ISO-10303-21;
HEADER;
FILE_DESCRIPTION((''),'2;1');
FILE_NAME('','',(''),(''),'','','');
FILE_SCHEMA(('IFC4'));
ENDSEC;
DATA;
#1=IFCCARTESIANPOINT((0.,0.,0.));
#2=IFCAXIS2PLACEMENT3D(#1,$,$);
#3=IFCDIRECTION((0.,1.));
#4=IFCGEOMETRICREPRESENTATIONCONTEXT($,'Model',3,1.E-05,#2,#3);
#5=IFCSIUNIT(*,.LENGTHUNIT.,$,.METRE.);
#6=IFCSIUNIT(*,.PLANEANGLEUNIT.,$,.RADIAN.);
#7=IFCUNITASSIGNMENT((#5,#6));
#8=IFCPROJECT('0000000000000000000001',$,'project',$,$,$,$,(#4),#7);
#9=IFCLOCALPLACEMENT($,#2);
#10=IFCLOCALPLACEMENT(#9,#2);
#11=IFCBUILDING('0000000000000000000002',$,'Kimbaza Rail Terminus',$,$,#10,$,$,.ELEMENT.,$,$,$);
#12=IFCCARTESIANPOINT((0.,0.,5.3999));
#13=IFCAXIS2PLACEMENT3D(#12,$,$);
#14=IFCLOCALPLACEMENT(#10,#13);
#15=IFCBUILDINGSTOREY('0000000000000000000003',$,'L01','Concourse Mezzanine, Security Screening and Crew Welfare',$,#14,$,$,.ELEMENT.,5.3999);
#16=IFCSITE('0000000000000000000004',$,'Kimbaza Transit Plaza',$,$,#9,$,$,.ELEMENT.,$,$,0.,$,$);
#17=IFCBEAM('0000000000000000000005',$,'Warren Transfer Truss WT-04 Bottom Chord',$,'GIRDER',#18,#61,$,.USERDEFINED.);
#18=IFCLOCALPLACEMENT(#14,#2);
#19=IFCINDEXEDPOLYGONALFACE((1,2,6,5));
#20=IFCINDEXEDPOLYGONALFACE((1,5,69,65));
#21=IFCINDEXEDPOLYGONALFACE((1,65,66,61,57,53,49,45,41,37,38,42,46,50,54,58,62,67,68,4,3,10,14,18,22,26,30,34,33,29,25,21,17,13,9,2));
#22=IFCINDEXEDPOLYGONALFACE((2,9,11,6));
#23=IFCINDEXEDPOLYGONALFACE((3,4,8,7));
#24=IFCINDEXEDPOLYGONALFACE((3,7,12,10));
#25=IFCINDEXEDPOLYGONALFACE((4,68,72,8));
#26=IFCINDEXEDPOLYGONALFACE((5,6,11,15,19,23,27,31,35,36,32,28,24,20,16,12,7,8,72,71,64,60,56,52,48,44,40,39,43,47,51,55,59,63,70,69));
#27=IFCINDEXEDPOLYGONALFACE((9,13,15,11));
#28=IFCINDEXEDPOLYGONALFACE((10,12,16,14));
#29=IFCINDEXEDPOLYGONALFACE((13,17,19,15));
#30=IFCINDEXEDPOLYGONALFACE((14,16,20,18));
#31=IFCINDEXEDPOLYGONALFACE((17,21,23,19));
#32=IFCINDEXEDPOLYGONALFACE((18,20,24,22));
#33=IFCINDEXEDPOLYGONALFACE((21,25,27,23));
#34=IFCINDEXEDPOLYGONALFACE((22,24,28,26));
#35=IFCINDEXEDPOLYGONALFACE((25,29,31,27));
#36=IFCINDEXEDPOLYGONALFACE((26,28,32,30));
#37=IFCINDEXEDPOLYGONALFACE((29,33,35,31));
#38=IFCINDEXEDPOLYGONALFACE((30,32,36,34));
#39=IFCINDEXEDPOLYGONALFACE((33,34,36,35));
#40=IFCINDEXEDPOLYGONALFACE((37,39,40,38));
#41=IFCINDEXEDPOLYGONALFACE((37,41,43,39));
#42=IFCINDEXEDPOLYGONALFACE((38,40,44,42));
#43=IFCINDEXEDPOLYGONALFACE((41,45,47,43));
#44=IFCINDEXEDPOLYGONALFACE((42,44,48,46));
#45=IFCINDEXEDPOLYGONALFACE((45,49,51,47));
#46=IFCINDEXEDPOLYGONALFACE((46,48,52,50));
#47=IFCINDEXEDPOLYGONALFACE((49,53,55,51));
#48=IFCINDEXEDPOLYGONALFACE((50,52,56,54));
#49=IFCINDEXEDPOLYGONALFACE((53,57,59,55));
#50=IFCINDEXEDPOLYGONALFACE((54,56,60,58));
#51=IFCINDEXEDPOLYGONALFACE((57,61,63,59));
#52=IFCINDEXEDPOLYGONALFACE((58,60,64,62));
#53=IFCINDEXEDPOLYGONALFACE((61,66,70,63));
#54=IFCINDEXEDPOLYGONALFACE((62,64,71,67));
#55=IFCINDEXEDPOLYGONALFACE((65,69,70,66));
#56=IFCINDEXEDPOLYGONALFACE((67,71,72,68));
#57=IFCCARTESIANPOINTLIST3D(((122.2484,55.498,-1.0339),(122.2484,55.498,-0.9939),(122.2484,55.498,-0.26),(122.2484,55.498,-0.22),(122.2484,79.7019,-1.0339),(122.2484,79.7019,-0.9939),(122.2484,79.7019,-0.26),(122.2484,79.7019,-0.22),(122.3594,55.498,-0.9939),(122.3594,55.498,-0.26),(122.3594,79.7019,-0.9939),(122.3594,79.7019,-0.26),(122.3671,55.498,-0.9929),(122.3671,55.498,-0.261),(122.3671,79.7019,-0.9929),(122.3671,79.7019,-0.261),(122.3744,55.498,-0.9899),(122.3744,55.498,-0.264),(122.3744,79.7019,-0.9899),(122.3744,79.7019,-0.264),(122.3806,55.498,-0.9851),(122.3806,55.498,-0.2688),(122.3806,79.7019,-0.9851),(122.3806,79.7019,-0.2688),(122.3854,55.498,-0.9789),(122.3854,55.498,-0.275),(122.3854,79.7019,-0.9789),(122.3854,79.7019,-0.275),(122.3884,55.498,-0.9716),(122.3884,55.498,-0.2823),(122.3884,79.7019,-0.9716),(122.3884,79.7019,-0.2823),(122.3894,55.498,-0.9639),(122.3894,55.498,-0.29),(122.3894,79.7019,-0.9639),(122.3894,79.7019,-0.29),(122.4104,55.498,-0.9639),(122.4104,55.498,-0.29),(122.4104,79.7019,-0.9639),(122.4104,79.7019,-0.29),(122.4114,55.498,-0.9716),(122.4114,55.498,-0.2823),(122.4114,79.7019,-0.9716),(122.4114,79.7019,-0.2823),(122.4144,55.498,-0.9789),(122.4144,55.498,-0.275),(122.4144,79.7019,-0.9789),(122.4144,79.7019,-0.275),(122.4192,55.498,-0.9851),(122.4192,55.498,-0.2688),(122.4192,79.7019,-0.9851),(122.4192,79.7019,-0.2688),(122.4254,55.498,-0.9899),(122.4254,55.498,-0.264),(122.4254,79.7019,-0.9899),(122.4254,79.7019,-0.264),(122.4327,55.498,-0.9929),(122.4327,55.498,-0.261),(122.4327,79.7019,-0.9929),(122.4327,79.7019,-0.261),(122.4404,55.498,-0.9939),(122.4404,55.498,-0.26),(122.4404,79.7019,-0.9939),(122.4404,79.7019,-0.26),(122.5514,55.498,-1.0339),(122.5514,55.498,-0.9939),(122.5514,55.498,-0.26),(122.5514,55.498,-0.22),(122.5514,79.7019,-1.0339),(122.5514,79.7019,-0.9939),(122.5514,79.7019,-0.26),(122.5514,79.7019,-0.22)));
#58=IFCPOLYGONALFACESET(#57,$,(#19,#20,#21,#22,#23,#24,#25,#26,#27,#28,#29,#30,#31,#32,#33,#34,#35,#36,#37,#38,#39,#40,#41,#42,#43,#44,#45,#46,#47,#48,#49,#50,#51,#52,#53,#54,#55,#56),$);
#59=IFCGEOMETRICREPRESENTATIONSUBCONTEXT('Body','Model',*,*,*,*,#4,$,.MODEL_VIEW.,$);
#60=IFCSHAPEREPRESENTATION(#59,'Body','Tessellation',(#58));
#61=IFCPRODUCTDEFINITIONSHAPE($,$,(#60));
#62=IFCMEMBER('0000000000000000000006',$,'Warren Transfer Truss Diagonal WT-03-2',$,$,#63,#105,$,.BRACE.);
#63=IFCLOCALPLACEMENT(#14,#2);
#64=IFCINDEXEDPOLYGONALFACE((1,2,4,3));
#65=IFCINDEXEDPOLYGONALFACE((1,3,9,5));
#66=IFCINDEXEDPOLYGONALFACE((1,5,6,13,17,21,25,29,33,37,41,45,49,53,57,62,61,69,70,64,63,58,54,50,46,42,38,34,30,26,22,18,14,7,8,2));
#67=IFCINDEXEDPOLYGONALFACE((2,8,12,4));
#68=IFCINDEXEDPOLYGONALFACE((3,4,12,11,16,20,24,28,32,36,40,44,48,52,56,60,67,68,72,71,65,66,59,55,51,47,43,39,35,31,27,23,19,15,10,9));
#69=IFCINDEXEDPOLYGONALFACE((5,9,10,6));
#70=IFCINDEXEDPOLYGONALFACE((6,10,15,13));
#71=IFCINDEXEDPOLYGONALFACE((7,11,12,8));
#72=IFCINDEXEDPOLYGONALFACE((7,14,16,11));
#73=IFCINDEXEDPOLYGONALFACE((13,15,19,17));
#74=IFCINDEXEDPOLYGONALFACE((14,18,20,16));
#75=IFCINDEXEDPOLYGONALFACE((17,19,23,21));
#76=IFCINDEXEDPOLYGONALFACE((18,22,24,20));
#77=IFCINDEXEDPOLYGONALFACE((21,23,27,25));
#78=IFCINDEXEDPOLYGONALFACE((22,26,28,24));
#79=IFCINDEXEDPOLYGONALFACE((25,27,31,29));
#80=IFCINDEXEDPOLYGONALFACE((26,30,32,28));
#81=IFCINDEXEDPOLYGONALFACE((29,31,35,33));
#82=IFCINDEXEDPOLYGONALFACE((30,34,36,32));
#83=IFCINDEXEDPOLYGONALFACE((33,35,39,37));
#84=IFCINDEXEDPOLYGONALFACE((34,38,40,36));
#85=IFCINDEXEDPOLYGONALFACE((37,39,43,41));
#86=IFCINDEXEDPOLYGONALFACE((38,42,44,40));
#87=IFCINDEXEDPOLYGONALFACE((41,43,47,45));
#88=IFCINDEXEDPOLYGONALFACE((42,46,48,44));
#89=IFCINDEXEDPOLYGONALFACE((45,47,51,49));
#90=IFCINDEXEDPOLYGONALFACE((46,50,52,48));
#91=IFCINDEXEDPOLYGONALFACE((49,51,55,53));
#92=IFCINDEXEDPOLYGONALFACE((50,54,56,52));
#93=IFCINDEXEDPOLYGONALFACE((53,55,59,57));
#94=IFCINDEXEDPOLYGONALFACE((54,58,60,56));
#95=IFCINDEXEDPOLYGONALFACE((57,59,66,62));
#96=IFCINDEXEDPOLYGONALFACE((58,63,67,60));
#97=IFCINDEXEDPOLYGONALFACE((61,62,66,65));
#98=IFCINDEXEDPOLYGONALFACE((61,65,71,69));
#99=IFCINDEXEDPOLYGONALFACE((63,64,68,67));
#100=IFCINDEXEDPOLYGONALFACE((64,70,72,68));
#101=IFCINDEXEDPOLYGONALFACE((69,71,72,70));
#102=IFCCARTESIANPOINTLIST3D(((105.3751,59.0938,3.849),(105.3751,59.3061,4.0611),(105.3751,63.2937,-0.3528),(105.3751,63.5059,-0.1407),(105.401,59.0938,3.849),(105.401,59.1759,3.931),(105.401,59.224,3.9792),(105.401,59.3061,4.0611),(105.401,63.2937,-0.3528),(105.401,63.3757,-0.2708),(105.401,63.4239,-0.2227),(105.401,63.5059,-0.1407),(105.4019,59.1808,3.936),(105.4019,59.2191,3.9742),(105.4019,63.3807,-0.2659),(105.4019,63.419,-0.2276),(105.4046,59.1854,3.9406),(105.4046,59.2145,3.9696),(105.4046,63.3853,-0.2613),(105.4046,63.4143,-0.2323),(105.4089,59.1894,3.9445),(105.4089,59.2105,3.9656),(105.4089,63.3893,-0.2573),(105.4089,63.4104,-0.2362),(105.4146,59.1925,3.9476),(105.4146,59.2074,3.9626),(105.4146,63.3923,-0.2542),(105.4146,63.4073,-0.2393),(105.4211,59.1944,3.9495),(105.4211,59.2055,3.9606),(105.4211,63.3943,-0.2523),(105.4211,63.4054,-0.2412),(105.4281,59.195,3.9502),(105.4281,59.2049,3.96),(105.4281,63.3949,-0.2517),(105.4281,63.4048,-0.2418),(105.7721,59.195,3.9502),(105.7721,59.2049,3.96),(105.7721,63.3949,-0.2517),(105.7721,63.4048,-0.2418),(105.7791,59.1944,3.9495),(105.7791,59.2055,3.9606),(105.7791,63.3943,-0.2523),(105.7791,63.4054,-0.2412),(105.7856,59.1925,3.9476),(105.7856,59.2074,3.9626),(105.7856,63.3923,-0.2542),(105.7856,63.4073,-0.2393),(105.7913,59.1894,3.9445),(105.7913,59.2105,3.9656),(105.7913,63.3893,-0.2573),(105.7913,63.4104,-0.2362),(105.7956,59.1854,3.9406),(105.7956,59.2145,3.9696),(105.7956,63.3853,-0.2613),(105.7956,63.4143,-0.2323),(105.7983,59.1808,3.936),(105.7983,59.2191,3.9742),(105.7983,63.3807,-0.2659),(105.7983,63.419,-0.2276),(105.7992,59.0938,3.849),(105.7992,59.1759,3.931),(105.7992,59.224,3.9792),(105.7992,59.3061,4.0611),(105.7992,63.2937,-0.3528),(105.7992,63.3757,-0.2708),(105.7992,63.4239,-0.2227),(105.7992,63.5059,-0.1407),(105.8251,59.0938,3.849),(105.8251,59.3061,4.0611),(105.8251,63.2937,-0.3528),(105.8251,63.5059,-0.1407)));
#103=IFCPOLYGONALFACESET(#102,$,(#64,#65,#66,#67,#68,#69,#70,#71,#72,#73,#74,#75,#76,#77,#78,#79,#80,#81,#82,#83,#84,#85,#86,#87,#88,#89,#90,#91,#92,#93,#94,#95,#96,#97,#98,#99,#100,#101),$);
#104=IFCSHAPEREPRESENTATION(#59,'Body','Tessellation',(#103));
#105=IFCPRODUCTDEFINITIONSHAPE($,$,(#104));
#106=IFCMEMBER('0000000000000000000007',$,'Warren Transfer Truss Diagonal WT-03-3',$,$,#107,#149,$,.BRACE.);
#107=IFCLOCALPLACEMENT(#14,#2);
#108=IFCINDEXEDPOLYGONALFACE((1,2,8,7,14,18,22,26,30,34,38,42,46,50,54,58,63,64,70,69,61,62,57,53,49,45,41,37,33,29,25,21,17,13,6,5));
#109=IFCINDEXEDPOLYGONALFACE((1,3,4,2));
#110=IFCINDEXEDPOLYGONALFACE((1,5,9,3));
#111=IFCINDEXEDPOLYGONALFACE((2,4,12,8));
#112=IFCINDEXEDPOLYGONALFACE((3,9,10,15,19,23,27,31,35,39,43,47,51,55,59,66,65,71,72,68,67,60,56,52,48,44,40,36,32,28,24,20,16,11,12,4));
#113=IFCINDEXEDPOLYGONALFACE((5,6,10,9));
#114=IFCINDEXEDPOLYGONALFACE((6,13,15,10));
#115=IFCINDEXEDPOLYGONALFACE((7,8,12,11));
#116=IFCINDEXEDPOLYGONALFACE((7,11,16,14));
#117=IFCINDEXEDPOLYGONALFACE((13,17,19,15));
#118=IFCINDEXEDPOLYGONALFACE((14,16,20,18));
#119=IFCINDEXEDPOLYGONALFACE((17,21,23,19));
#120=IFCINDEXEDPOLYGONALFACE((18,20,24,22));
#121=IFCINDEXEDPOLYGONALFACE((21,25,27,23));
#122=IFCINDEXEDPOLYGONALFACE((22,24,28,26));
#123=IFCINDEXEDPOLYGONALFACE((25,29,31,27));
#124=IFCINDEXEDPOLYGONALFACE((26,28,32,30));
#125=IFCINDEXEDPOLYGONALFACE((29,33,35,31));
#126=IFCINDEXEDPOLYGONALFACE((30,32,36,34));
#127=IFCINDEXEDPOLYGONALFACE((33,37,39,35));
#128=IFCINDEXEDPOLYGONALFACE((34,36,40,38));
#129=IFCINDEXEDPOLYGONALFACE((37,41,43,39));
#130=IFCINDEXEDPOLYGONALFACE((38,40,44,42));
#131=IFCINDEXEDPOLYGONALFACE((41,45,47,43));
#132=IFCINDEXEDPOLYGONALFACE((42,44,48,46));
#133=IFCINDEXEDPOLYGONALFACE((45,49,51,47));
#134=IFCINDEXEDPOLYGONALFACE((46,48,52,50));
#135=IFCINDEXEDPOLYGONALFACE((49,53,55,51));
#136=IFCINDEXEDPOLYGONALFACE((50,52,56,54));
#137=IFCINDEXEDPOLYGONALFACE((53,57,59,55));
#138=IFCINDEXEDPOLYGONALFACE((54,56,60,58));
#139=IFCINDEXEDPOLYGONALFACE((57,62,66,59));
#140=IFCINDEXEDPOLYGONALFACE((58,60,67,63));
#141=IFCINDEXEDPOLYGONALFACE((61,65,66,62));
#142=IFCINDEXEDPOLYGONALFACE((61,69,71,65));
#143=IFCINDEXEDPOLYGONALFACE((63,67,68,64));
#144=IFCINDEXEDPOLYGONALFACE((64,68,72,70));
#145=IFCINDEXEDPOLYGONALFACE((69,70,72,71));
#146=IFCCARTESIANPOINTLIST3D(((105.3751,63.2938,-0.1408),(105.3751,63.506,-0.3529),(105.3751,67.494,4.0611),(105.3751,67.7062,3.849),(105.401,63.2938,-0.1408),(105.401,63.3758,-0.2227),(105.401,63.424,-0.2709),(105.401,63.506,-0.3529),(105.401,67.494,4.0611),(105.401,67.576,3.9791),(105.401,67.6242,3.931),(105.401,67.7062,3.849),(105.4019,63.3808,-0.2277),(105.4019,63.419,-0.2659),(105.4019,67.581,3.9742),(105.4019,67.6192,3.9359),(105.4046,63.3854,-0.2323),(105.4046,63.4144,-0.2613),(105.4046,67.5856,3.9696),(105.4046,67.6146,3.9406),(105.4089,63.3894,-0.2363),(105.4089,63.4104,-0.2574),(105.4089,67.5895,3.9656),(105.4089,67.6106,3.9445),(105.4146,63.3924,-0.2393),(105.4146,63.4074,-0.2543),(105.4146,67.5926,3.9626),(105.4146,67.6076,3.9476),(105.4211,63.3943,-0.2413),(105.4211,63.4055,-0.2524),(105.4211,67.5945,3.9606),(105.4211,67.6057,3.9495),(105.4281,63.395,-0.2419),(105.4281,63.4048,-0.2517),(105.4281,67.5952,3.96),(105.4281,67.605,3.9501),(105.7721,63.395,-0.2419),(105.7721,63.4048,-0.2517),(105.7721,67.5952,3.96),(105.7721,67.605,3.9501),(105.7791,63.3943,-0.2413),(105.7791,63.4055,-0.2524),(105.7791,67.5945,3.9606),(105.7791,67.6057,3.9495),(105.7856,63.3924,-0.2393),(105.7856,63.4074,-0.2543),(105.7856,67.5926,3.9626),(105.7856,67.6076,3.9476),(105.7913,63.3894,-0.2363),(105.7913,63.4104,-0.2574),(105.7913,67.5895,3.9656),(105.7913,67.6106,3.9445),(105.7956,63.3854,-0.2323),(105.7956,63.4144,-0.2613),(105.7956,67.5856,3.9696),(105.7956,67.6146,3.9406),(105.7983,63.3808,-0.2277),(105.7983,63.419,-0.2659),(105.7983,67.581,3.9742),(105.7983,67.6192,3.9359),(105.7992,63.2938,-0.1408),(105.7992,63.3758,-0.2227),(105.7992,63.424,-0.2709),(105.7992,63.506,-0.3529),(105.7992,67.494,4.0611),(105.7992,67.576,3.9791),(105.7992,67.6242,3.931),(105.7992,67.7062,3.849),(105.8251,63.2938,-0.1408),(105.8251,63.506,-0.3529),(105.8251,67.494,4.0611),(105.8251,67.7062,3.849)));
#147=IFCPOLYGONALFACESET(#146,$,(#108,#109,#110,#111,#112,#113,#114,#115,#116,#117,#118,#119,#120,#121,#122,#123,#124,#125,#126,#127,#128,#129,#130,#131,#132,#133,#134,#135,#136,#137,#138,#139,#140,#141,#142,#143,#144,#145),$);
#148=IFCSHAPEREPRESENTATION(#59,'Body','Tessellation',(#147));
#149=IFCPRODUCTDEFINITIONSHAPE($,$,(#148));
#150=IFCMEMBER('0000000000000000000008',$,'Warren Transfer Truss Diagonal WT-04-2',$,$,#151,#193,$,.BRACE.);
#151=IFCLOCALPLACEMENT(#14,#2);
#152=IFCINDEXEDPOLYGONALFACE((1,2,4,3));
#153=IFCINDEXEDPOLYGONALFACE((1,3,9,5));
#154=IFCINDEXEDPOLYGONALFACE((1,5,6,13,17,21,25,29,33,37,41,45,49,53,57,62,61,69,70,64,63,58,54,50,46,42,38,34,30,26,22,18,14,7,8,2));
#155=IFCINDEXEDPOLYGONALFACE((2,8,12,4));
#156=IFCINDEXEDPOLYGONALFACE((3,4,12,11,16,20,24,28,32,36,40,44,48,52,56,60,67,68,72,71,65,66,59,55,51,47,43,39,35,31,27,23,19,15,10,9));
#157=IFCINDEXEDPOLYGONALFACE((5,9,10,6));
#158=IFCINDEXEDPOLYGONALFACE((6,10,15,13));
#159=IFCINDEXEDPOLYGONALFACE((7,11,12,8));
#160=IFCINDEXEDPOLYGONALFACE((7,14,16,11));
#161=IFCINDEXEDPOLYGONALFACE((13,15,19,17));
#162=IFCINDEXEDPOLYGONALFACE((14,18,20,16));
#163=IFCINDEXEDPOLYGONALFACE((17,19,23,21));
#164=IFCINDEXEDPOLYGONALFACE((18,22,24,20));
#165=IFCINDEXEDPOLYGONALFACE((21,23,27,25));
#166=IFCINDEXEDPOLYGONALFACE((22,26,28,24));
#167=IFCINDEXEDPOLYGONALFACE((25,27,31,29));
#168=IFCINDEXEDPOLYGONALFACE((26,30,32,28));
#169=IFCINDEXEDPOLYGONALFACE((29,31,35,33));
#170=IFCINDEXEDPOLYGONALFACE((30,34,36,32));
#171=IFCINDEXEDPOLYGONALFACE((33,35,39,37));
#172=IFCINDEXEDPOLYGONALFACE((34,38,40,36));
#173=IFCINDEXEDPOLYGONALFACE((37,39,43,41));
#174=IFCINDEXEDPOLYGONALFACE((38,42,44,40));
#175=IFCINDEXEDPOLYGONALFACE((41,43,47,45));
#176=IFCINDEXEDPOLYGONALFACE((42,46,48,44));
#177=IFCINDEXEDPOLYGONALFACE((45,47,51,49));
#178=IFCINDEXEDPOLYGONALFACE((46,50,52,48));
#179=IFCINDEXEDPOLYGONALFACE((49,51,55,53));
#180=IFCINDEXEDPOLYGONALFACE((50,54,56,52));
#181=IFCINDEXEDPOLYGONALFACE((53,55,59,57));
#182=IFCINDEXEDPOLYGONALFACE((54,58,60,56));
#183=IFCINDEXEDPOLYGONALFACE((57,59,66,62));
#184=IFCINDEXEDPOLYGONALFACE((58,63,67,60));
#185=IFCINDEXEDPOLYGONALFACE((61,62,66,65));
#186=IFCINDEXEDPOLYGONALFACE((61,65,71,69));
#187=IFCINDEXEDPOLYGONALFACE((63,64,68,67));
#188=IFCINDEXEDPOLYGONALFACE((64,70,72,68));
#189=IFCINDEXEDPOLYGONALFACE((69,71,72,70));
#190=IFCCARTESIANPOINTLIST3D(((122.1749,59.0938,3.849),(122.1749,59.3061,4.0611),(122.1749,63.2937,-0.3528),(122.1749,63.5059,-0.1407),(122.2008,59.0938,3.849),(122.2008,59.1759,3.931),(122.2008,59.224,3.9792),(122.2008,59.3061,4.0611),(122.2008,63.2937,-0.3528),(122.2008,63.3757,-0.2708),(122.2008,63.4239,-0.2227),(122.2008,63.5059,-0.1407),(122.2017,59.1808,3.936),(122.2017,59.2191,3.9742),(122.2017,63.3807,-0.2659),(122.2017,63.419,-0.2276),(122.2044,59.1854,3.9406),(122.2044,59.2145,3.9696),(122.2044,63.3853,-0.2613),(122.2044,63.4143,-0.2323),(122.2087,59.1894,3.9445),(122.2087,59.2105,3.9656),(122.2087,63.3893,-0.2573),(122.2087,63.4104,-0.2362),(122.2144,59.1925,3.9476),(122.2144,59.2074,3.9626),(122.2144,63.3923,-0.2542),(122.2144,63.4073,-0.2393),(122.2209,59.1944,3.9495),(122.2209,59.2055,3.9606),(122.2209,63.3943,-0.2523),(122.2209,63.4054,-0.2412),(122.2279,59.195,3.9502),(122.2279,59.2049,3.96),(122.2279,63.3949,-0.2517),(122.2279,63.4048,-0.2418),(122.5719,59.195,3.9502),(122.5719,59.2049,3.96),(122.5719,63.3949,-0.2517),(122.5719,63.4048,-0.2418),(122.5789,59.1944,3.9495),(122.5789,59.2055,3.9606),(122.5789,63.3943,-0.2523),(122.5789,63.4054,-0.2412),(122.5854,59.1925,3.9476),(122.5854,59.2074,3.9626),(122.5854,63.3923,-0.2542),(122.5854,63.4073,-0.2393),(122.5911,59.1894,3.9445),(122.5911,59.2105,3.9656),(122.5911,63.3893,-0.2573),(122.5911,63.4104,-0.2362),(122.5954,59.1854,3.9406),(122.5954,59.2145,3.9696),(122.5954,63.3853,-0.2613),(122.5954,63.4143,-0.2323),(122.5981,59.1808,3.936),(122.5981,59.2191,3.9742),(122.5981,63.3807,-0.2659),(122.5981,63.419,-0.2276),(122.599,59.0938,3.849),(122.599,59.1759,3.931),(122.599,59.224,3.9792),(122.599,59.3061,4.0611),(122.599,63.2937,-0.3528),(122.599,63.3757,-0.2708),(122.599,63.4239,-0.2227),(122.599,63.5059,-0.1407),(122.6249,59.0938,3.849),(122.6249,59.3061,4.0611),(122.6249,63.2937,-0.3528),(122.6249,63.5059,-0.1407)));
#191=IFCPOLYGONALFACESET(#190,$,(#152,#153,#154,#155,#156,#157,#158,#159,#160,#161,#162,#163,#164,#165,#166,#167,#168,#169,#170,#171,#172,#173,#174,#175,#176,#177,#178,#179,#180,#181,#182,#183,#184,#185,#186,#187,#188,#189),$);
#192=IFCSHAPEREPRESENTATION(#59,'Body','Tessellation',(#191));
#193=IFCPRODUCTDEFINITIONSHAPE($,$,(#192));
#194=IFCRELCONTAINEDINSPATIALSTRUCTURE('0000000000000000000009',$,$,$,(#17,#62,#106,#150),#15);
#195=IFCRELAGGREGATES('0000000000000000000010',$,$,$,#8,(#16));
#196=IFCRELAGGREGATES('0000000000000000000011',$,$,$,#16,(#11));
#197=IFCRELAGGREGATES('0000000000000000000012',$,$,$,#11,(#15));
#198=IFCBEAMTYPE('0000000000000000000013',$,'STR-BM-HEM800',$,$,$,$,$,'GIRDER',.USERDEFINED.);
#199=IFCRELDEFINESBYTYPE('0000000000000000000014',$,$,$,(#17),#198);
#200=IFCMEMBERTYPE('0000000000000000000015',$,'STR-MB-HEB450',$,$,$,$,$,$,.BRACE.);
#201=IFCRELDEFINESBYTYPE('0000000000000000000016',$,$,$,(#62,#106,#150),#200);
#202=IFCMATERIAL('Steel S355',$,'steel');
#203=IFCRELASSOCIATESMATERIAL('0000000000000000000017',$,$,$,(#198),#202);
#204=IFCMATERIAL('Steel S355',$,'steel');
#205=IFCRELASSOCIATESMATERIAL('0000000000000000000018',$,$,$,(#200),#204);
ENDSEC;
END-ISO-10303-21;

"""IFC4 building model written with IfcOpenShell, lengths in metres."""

from ifc_helpers import new_model, si_unit, direction, frame, origin, origin_2d, place, context, subcontext, project, spatial, i_section, extrude, material, material_profile, profile_set, type_object, element, save


model = new_model("IFC4")

# Units and contexts
model_context = context("Model", 3, precision=1e-05, world=origin(), true_north=direction((0.0, 1.0)))
body_context = subcontext(model_context, "Body", "Model", "MODEL_VIEW")
ifc_project = project(units=[si_unit("LENGTHUNIT", "METRE"), si_unit("PLANEANGLEUNIT", "RADIAN")], contexts=[model_context])

# Site, building, storey
site_placement = place(None, origin())
site = spatial("IfcSite", under=ifc_project, at=site_placement, Name="Kimbaza Transit Plaza", CompositionType="ELEMENT", RefElevation=0.0)
building_placement = place(site_placement, origin())
building = spatial("IfcBuilding", under=site, at=building_placement, Name="Kimbaza Rail Terminus", CompositionType="ELEMENT")
storey_placement = place(building_placement, frame((0.0, 0.0, 5.3999)))
storey = spatial("IfcBuildingStorey", under=building, at=storey_placement, Name="L01", Description="Concourse Mezzanine, Security Screening and Crew Welfare", CompositionType="ELEMENT", Elevation=5.3999)

# Beam
ifc_material_1 = material(Name="Steel S355", Category="steel")
ifc_material_profile_1 = material_profile(ifc_material_1, i_section(OverallWidth=0.303, OverallDepth=0.814, WebThickness=0.021, FlangeThickness=0.04, FilletRadius=0.03, at=origin_2d()), Name="HEM 800")
ifc_profile_set_1 = profile_set([ifc_material_profile_1], Name="Steel S355")
beam_type_1 = type_object("IfcBeamType", Name="STR-BM-HEM800", ElementType="GIRDER", PredefinedType="USERDEFINED", material=ifc_profile_set_1)
for number, where, z_axis, x_axis, name in (
    (1, (122.3999, 55.498, -0.627), (0.0, 1.0, 0.0), (-1.0, 0.0, 0.0), "Warren Transfer Truss WT-04 Bottom Chord"),
):
    element("IfcBeam", number, at=place(storey_placement, frame(where, z_axis=z_axis, x_axis=x_axis)), inside=storey, type_object=beam_type_1, Name=name, ObjectType="GIRDER", PredefinedType="USERDEFINED", context=body_context, shape_type="SweptSolid", body=[
        extrude(i_section(OverallWidth=0.303, OverallDepth=0.814, WebThickness=0.021, FlangeThickness=0.04, FilletRadius=0.03, at=origin_2d()), origin(), (0.0, 0.0, 1.0), 24.2039),
    ])

# Members
ifc_material_2 = material(Name="Steel S355", Category="steel")
ifc_material_profile_2 = material_profile(ifc_material_2, i_section(OverallWidth=0.3, OverallDepth=0.45, WebThickness=0.0139, FlangeThickness=0.0259, FilletRadius=0.0271, at=origin_2d()), Name="HEB 450")
ifc_profile_set_2 = profile_set([ifc_material_profile_2], Name="Steel S355")
member_type_1 = type_object("IfcMemberType", Name="STR-MB-HEB450", PredefinedType="BRACE", material=ifc_profile_set_2)
member_1_placement = place(storey_placement, frame((105.6001, 59.2, 3.9551), z_axis=(0.0, 0.706942, -0.707271), x_axis=(0.0, 0.707271, 0.706942)))
element("IfcMember", 2, at=member_1_placement, inside=storey, type_object=member_type_1, Name="Warren Transfer Truss Diagonal WT-03-2", PredefinedType="BRACE", context=body_context, shape_type="SweptSolid", body=[
    extrude(i_section(OverallWidth=0.3, OverallDepth=0.45, WebThickness=0.0139, FlangeThickness=0.0259, FilletRadius=0.0271, at=origin_2d()), origin(), (0.0, 0.0, 1.0), 5.9409),
])
member_2_placement = place(storey_placement, frame((105.6001, 63.3999, -0.2468), z_axis=(0.0, 0.706963, 0.707251), x_axis=(0.0, -0.707251, 0.706963)))
element("IfcMember", 3, at=member_2_placement, inside=storey, type_object=member_type_1, Name="Warren Transfer Truss Diagonal WT-03-3", PredefinedType="BRACE", context=body_context, shape_type="SweptSolid", body=[
    extrude(i_section(OverallWidth=0.3, OverallDepth=0.45, WebThickness=0.0139, FlangeThickness=0.0259, FilletRadius=0.0271, at=origin_2d()), origin(), (0.0, 0.0, 1.0), 5.9412),
])
member_3_placement = place(storey_placement, frame((122.3999, 59.2, 3.9551), z_axis=(0.0, 0.706942, -0.707271), x_axis=(0.0, 0.707271, 0.706942)))
element("IfcMember", 4, at=member_3_placement, inside=storey, type_object=member_type_1, Name="Warren Transfer Truss Diagonal WT-04-2", PredefinedType="BRACE", context=body_context, shape_type="SweptSolid", body=[
    extrude(i_section(OverallWidth=0.3, OverallDepth=0.45, WebThickness=0.0139, FlangeThickness=0.0259, FilletRadius=0.0271, at=origin_2d()), origin(), (0.0, 0.0, 1.0), 5.9409),
])

save(model, "model.ifc")
